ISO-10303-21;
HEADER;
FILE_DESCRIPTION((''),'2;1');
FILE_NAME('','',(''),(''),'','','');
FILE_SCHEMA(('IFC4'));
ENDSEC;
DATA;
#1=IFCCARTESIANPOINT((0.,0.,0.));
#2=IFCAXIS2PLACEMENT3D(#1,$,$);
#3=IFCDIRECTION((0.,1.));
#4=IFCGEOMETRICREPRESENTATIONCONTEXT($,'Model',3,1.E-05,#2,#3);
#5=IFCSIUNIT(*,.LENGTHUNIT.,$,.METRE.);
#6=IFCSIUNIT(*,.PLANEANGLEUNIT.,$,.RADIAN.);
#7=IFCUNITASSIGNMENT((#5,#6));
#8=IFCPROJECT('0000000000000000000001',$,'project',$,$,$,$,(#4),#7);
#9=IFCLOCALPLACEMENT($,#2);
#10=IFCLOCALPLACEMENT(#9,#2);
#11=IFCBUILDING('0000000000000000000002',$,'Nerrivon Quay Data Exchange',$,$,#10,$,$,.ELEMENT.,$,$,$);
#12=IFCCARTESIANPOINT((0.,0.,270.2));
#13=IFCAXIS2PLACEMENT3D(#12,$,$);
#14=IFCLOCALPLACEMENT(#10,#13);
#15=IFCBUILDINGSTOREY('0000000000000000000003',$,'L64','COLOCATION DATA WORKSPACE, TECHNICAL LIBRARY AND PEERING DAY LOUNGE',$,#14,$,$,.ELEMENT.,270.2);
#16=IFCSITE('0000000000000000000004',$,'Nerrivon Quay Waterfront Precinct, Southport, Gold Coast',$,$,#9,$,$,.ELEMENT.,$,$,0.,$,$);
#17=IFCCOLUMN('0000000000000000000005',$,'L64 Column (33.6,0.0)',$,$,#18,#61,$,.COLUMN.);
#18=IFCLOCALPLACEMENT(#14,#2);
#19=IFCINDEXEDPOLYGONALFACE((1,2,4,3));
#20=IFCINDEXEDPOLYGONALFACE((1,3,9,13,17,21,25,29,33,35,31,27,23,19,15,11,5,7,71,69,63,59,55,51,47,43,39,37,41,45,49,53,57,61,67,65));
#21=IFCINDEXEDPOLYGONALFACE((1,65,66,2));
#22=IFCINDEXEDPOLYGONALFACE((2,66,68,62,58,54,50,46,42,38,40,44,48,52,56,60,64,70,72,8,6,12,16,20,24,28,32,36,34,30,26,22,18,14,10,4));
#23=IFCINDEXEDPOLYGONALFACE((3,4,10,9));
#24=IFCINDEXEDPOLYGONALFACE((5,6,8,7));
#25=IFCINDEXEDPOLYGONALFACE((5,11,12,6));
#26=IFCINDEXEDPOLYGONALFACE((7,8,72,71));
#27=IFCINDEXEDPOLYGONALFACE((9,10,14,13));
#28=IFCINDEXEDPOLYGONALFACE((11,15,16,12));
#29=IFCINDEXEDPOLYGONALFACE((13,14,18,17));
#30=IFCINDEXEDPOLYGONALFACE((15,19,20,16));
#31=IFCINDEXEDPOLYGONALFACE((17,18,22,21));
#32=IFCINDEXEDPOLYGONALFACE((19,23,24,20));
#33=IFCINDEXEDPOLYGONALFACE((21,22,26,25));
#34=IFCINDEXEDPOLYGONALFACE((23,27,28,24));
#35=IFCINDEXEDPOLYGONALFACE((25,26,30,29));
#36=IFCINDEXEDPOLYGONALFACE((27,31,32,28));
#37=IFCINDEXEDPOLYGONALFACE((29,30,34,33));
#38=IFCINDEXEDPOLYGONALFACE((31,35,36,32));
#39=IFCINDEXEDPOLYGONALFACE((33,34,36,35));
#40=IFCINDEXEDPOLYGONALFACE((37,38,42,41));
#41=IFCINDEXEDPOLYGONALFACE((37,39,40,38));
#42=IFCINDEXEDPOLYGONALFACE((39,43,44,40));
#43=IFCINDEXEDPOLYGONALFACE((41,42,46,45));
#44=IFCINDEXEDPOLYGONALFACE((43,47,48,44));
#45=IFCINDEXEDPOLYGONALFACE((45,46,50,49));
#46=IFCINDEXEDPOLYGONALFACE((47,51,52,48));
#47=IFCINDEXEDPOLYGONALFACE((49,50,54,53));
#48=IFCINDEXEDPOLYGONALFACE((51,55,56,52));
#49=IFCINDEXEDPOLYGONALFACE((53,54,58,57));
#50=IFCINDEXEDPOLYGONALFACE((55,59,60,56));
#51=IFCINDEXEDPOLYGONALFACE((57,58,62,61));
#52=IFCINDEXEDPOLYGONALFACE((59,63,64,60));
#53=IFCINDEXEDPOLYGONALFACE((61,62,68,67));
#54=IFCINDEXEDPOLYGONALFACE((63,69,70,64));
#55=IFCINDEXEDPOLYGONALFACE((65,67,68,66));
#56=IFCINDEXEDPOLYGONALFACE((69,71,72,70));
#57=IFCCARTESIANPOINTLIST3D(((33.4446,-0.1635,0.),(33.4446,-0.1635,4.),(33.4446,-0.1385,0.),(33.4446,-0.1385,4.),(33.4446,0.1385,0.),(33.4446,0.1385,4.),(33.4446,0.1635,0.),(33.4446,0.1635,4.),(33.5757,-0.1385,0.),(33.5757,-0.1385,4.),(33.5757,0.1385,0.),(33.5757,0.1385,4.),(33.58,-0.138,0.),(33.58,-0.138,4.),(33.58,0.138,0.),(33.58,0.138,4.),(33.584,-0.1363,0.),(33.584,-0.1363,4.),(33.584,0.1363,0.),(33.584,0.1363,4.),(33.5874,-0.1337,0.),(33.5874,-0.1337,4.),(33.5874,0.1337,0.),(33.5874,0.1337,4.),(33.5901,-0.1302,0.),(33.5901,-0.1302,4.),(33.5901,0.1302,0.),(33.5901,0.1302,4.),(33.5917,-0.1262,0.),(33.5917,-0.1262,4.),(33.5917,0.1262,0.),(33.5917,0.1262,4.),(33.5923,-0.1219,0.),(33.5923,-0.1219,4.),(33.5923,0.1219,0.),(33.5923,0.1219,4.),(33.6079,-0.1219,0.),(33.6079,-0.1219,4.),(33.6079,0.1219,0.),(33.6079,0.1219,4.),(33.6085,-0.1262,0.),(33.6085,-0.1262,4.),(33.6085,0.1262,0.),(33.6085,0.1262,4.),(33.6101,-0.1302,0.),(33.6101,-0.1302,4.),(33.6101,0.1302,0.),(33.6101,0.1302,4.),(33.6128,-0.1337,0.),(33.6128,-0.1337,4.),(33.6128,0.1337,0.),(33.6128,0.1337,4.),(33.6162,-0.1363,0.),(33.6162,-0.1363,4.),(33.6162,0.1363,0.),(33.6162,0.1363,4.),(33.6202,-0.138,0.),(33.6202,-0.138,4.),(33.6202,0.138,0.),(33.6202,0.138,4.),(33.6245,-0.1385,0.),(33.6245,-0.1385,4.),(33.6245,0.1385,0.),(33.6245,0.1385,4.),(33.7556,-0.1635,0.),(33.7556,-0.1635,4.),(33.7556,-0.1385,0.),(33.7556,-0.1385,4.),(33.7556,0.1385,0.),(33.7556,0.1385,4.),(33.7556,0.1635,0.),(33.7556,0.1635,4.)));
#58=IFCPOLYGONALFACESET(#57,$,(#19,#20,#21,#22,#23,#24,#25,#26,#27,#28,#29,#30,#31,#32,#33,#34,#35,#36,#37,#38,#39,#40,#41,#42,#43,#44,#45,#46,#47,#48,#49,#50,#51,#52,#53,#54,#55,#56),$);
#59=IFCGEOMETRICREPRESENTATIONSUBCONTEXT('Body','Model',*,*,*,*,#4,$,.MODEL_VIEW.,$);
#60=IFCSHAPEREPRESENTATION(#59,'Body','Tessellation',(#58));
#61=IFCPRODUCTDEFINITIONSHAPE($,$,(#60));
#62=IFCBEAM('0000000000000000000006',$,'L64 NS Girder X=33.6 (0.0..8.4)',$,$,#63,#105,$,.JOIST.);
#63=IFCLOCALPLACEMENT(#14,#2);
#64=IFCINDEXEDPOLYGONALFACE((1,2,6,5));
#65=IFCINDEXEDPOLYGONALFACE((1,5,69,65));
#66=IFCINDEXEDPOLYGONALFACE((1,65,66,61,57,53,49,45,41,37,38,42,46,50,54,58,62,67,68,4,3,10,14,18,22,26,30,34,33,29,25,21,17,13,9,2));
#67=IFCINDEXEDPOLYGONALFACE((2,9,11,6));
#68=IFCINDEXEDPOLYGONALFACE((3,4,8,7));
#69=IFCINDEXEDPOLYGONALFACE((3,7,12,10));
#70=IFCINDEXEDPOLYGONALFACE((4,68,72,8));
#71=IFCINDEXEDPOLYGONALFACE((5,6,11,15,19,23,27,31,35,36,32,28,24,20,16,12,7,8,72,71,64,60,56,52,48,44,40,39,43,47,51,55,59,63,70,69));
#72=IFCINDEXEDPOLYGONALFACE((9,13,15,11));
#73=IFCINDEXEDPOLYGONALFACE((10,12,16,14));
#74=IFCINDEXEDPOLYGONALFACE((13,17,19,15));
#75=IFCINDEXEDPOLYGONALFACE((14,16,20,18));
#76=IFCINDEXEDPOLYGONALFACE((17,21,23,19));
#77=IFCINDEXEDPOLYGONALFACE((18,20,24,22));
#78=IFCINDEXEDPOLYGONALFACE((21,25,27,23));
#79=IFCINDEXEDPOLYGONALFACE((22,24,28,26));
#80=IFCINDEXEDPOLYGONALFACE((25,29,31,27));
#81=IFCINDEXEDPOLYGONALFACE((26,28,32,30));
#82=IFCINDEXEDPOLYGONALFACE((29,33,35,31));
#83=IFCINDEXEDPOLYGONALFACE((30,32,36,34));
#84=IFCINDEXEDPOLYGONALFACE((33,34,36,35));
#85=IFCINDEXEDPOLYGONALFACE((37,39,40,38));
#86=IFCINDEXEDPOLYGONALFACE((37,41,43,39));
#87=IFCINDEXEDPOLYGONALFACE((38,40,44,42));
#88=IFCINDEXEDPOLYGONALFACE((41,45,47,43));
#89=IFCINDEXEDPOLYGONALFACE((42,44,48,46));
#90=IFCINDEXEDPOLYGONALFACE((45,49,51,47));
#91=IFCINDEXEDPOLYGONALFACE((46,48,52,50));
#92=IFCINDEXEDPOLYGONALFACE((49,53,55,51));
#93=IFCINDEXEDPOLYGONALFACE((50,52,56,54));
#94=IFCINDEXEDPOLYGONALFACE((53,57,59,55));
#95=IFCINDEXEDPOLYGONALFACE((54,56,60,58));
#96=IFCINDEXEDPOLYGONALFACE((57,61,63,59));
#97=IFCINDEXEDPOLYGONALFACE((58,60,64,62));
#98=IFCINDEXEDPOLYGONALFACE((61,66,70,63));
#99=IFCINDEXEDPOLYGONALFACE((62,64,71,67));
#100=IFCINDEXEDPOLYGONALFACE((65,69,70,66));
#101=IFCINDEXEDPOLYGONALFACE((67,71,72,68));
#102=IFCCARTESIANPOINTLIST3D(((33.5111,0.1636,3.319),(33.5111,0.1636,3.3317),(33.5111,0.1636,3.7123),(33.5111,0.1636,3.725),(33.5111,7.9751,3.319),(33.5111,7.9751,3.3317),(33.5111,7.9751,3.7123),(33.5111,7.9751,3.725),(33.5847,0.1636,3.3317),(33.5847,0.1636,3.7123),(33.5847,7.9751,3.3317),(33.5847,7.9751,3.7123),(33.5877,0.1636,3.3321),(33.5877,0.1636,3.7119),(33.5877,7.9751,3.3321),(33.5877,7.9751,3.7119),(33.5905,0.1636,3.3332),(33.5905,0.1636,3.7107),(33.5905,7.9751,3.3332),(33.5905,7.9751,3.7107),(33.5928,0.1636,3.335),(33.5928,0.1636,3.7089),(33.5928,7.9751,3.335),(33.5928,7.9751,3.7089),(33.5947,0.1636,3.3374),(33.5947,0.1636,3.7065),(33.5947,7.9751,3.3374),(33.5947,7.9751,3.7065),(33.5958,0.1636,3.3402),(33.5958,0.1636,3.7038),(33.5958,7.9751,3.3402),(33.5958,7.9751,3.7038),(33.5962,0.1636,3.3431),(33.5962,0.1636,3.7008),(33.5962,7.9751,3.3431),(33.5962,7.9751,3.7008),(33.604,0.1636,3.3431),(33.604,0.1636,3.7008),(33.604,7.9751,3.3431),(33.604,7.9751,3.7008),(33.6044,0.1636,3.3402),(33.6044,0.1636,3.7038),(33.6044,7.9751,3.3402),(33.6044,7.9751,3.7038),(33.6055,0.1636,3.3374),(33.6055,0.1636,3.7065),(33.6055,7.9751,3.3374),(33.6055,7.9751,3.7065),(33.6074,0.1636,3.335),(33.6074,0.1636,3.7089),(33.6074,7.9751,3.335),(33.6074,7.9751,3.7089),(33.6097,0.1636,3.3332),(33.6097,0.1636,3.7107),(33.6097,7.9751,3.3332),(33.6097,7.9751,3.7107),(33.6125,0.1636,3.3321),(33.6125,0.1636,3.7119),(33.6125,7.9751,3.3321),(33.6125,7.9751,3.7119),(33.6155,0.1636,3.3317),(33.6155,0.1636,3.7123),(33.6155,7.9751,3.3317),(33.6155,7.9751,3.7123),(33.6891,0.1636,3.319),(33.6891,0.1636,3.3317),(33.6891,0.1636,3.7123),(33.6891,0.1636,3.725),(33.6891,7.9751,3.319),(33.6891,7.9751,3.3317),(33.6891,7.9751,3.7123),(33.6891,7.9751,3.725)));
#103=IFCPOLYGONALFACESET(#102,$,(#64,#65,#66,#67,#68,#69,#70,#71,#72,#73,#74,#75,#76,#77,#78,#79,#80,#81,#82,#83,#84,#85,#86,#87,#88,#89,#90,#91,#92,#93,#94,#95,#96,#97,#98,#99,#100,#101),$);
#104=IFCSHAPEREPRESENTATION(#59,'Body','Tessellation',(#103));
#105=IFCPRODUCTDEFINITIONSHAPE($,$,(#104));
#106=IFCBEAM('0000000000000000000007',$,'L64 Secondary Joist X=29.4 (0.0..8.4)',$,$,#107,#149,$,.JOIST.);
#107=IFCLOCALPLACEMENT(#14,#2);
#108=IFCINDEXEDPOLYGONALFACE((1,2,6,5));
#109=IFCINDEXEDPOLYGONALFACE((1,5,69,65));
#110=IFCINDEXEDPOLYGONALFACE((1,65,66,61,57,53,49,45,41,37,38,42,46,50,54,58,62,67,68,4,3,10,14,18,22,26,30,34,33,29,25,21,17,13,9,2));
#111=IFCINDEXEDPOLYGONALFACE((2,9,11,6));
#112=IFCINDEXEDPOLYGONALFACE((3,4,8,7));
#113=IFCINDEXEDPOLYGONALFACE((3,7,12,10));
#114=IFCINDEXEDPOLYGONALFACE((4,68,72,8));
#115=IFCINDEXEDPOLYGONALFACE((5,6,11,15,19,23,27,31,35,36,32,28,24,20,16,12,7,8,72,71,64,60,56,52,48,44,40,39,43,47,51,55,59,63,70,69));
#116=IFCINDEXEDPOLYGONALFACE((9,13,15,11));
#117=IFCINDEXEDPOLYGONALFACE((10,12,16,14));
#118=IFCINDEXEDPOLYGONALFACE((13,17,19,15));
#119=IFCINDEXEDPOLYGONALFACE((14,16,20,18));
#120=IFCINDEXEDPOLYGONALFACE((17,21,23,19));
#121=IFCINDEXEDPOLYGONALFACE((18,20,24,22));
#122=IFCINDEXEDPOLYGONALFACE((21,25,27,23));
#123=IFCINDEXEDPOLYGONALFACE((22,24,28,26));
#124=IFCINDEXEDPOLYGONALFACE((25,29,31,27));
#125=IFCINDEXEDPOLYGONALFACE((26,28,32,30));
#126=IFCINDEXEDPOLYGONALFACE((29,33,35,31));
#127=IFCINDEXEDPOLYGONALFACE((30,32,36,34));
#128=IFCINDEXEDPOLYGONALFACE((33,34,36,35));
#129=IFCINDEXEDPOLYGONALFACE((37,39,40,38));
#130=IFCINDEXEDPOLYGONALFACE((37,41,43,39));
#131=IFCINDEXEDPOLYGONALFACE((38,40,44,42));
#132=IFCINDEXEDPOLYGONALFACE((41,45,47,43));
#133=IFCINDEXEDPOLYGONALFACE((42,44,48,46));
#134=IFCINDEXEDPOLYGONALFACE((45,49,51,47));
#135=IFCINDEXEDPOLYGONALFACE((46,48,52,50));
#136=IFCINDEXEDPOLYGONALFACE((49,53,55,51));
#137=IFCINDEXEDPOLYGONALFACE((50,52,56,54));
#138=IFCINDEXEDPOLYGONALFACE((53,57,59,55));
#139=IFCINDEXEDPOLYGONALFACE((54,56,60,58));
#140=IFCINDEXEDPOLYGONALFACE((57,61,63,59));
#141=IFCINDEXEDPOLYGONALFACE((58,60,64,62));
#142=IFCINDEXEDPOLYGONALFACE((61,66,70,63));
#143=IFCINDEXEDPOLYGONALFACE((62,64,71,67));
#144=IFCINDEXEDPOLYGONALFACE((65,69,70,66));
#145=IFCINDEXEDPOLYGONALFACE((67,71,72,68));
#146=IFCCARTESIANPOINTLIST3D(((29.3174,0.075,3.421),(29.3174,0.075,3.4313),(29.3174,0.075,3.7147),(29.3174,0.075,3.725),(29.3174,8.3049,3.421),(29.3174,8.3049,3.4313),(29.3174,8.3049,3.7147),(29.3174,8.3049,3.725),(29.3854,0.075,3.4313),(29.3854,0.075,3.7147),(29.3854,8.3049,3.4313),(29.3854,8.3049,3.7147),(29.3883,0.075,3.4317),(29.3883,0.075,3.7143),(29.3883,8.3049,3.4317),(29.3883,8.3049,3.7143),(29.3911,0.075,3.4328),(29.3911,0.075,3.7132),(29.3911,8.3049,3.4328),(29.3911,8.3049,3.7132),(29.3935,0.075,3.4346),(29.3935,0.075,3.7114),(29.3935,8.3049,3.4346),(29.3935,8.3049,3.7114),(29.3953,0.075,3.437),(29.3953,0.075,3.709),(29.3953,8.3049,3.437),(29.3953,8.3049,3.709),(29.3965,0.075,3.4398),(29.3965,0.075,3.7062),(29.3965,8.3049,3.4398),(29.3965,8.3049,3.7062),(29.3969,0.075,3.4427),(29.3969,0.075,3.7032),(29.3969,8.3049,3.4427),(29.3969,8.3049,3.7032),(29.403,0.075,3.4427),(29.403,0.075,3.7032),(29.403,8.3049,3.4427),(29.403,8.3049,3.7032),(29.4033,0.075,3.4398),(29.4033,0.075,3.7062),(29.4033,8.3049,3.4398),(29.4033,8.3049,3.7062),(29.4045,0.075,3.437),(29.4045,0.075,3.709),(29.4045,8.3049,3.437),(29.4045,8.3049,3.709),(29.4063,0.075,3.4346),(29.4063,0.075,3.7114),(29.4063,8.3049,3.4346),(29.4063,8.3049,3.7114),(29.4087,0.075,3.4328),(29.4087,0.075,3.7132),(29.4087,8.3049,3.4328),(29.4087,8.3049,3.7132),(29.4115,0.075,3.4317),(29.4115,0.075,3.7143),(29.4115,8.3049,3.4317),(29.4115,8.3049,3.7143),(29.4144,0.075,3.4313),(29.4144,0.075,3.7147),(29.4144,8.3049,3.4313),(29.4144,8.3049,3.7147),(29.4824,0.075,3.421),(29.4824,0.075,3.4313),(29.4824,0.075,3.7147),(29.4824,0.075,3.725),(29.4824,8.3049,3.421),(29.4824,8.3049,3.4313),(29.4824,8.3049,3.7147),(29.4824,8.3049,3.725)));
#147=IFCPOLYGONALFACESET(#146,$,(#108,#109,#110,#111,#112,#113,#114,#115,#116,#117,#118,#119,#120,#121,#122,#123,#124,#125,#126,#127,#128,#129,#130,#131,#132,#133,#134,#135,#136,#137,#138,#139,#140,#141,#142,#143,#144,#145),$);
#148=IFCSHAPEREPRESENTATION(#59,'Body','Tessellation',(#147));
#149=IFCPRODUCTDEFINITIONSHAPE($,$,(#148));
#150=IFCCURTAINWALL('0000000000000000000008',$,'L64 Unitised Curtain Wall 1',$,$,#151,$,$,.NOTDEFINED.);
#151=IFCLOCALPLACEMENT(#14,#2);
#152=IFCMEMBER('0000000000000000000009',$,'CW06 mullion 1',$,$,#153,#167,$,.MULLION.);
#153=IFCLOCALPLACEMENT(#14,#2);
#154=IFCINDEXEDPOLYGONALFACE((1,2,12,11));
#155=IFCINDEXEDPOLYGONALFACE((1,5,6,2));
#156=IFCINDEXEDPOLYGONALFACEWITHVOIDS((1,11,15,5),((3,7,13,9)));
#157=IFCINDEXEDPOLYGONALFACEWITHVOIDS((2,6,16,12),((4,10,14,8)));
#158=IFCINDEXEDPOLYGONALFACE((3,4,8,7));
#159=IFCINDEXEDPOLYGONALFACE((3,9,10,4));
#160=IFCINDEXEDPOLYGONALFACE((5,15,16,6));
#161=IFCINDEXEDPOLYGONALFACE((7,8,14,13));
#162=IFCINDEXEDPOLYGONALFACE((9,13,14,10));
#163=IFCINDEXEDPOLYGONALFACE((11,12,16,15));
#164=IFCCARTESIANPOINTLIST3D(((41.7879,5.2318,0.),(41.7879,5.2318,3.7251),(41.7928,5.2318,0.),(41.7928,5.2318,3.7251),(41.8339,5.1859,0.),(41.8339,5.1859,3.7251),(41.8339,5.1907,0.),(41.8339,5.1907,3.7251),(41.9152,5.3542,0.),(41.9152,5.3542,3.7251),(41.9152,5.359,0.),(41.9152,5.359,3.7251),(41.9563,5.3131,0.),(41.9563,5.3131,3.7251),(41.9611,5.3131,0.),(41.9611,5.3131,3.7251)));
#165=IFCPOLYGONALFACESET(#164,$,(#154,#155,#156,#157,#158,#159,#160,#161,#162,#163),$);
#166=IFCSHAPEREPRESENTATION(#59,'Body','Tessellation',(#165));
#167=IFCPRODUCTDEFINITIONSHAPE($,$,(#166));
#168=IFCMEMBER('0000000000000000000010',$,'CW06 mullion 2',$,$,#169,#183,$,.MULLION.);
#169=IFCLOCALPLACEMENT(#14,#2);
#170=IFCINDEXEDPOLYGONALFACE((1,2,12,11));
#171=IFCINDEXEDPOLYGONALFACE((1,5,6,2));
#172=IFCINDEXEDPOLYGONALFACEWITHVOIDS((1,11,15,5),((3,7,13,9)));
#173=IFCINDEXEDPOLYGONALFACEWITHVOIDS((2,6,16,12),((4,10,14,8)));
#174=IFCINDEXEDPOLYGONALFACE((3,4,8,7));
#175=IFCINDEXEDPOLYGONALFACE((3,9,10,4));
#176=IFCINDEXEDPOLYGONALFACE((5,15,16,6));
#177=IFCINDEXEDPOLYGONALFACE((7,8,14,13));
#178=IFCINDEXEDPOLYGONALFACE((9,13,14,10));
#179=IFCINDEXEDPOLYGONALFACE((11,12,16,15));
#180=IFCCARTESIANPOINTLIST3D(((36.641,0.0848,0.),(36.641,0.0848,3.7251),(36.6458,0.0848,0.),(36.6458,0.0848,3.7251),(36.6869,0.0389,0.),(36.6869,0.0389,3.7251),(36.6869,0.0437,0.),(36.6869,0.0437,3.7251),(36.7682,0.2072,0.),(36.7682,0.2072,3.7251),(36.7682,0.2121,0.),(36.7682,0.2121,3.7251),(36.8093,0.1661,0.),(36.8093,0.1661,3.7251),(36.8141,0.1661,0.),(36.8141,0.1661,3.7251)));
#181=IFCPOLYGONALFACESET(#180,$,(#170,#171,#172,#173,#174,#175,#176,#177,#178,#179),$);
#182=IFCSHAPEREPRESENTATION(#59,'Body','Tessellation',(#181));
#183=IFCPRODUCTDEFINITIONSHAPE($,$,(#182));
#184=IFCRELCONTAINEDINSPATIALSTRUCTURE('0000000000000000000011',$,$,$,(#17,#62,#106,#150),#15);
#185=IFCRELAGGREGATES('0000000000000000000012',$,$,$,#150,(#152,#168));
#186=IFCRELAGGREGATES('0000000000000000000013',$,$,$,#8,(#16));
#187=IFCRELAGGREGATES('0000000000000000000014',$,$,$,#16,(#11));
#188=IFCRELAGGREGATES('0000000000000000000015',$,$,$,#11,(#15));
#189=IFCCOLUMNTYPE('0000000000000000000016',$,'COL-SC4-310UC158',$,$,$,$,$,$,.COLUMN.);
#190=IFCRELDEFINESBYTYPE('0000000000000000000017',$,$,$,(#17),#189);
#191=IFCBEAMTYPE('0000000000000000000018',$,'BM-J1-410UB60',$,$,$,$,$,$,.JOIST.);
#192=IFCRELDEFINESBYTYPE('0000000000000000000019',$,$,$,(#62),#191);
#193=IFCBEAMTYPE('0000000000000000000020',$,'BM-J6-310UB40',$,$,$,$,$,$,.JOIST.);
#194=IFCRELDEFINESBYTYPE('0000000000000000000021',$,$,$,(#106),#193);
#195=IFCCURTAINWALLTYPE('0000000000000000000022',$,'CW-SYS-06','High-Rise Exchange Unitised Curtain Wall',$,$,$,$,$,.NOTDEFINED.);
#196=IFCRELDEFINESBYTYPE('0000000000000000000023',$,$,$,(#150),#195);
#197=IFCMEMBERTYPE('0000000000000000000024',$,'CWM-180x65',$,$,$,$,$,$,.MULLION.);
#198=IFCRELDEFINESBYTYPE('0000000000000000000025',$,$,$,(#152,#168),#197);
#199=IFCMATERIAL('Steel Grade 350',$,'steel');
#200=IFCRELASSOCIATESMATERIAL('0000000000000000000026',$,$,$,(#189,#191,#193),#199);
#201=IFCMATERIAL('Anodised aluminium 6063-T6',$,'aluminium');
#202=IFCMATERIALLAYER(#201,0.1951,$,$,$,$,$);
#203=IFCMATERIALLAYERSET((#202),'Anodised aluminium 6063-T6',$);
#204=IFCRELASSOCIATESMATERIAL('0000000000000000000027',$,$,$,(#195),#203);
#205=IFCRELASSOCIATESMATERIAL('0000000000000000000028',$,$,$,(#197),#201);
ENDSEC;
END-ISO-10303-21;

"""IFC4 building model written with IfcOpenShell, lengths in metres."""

from ifc_helpers import new_model, si_unit, direction, frame, origin, origin_2d, place, context, subcontext, project, spatial, hollow_rectangle, i_section, extrude, material, layer, layer_set, material_profile, profile_set, type_object, element, aggregate, save


model = new_model("IFC4")

# Units and contexts
model_context = context("Model", 3, precision=1e-05, world=origin(), true_north=direction((0.0, 1.0)))
body_context = subcontext(model_context, "Body", "Model", "MODEL_VIEW")
ifc_project = project(units=[si_unit("LENGTHUNIT", "METRE"), si_unit("PLANEANGLEUNIT", "RADIAN")], contexts=[model_context])

# Site, building, storey
site_placement = place(None, origin())
site = spatial("IfcSite", under=ifc_project, at=site_placement, Name="Nerrivon Quay Waterfront Precinct, Southport, Gold Coast", CompositionType="ELEMENT", RefElevation=0.0)
building_placement = place(site_placement, origin())
building = spatial("IfcBuilding", under=site, at=building_placement, Name="Nerrivon Quay Data Exchange", CompositionType="ELEMENT")
storey_placement = place(building_placement, frame((0.0, 0.0, 270.2)))
storey = spatial("IfcBuildingStorey", under=building, at=storey_placement, Name="L64", Description="COLOCATION DATA WORKSPACE, TECHNICAL LIBRARY AND PEERING DAY LOUNGE", CompositionType="ELEMENT", Elevation=270.2)

# Column
ifc_material_1 = material(Name="Steel Grade 350", Category="steel")
ifc_material_profile_1 = material_profile(ifc_material_1, i_section(OverallWidth=0.311, OverallDepth=0.3269, WebThickness=0.0156, FlangeThickness=0.0249, FilletRadius=0.0166, at=origin_2d()), Name="310UC158")
ifc_profile_set_1 = profile_set([ifc_material_profile_1], Name="Steel Grade 350")
column_type = type_object("IfcColumnType", Name="COL-SC4-310UC158", PredefinedType="COLUMN", material=ifc_profile_set_1)
column_placement = place(storey_placement, frame((33.6001, 0.0, 0.0), z_axis=(0.0, 0.0, 1.0), x_axis=(1.0, 0.0, 0.0)))
element("IfcColumn", 1, at=column_placement, inside=storey, type_object=column_type, Name="L64 Column (33.6,0.0)", PredefinedType="COLUMN", context=body_context, shape_type="SweptSolid", body=[
    extrude(i_section(OverallWidth=0.311, OverallDepth=0.3269, WebThickness=0.0156, FlangeThickness=0.0249, FilletRadius=0.0166, at=origin_2d()), origin(), (0.0, 0.0, 1.0), 4.0),
])

# Beams
ifc_material_profile_2 = material_profile(ifc_material_1, i_section(OverallWidth=0.178, OverallDepth=0.406, WebThickness=0.0078, FlangeThickness=0.0127, FilletRadius=0.0115, at=origin_2d()), Name="410UB59.7")
ifc_profile_set_2 = profile_set([ifc_material_profile_2], Name="Steel Grade 350")
beam_type_1 = type_object("IfcBeamType", Name="BM-J1-410UB60", PredefinedType="JOIST", material=ifc_profile_set_2)
beam_1_placement = place(storey_placement, frame((33.6001, 0.1636, 3.522), z_axis=(0.0, 1.0, 0.0), x_axis=(-1.0, 0.0, 0.0)))
element("IfcBeam", 2, at=beam_1_placement, inside=storey, type_object=beam_type_1, Name="L64 NS Girder X=33.6 (0.0..8.4)", PredefinedType="JOIST", context=body_context, shape_type="SweptSolid", body=[
    extrude(i_section(OverallWidth=0.178, OverallDepth=0.406, WebThickness=0.0078, FlangeThickness=0.0127, FilletRadius=0.0115, at=origin_2d()), origin(), (0.0, 0.0, 1.0), 7.8115),
])
ifc_material_profile_3 = material_profile(ifc_material_1, i_section(OverallWidth=0.165, OverallDepth=0.304, WebThickness=0.0061, FlangeThickness=0.0103, FilletRadius=0.0115, at=origin_2d()), Name="310UB40.4")
ifc_profile_set_3 = profile_set([ifc_material_profile_3], Name="Steel Grade 350")
beam_type_2 = type_object("IfcBeamType", Name="BM-J6-310UB40", PredefinedType="JOIST", material=ifc_profile_set_3)
beam_2_placement = place(storey_placement, frame((29.3999, 0.075, 3.573), z_axis=(0.0, 1.0, 0.0), x_axis=(-1.0, 0.0, 0.0)))
element("IfcBeam", 3, at=beam_2_placement, inside=storey, type_object=beam_type_2, Name="L64 Secondary Joist X=29.4 (0.0..8.4)", PredefinedType="JOIST", context=body_context, shape_type="SweptSolid", body=[
    extrude(i_section(OverallWidth=0.165, OverallDepth=0.304, WebThickness=0.0061, FlangeThickness=0.0103, FilletRadius=0.0115, at=origin_2d()), origin(), (0.0, 0.0, 1.0), 8.23),
])

# Curtain wall, members
ifc_material_2 = material(Name="Anodised aluminium 6063-T6", Category="aluminium")
ifc_layer_1 = layer(ifc_material_2, 0.1951)
ifc_layer_set_1 = layer_set([ifc_layer_1], Name="Anodised aluminium 6063-T6")
curtain_wall_type = type_object("IfcCurtainWallType", Name="CW-SYS-06", Description="High-Rise Exchange Unitised Curtain Wall", PredefinedType="NOTDEFINED", material=ifc_layer_set_1)
curtain_wall_1_placement = place(storey_placement, origin())
curtain_wall_1 = element("IfcCurtainWall", 4, at=curtain_wall_1_placement, inside=storey, type_object=curtain_wall_type, Name="L64 Unitised Curtain Wall 1", PredefinedType="NOTDEFINED")
ifc_material_profile_4 = material_profile(ifc_material_2, hollow_rectangle(XDim=0.0649, YDim=0.1799, WallThickness=0.0034, at=origin_2d()), Name="ALU-MULL-180x65")
ifc_profile_set_4 = profile_set([ifc_material_profile_4], Name="Anodised aluminium 6063-T6")
member_type_1 = type_object("IfcMemberType", Name="CWM-180x65", PredefinedType="MULLION", material=ifc_profile_set_4)
member_1_placement = place(storey_placement, frame((41.8745, 5.2725, 0.0), z_axis=(0.0, 0.0, 1.0), x_axis=(0.707107, -0.707107, 0.0)))
member_1 = element("IfcMember", 5, at=member_1_placement, type_object=member_type_1, Name="CW06 mullion 1", PredefinedType="MULLION", context=body_context, shape_type="SweptSolid", body=[
    extrude(hollow_rectangle(XDim=0.0649, YDim=0.1799, WallThickness=0.0034, at=origin_2d()), origin(), (0.0, 0.0, 1.0), 3.7251),
])
member_2_placement = place(storey_placement, frame((36.7275, 0.1255, 0.0), z_axis=(0.0, 0.0, 1.0), x_axis=(0.707107, -0.707107, 0.0)))
member_2 = element("IfcMember", 6, at=member_2_placement, type_object=member_type_1, Name="CW06 mullion 2", PredefinedType="MULLION", context=body_context, shape_type="SweptSolid", body=[
    extrude(hollow_rectangle(XDim=0.0649, YDim=0.1799, WallThickness=0.0034, at=origin_2d()), origin(), (0.0, 0.0, 1.0), 3.7251),
])

aggregate(curtain_wall_1, [member_1, member_2])

save(model, "model.ifc")
